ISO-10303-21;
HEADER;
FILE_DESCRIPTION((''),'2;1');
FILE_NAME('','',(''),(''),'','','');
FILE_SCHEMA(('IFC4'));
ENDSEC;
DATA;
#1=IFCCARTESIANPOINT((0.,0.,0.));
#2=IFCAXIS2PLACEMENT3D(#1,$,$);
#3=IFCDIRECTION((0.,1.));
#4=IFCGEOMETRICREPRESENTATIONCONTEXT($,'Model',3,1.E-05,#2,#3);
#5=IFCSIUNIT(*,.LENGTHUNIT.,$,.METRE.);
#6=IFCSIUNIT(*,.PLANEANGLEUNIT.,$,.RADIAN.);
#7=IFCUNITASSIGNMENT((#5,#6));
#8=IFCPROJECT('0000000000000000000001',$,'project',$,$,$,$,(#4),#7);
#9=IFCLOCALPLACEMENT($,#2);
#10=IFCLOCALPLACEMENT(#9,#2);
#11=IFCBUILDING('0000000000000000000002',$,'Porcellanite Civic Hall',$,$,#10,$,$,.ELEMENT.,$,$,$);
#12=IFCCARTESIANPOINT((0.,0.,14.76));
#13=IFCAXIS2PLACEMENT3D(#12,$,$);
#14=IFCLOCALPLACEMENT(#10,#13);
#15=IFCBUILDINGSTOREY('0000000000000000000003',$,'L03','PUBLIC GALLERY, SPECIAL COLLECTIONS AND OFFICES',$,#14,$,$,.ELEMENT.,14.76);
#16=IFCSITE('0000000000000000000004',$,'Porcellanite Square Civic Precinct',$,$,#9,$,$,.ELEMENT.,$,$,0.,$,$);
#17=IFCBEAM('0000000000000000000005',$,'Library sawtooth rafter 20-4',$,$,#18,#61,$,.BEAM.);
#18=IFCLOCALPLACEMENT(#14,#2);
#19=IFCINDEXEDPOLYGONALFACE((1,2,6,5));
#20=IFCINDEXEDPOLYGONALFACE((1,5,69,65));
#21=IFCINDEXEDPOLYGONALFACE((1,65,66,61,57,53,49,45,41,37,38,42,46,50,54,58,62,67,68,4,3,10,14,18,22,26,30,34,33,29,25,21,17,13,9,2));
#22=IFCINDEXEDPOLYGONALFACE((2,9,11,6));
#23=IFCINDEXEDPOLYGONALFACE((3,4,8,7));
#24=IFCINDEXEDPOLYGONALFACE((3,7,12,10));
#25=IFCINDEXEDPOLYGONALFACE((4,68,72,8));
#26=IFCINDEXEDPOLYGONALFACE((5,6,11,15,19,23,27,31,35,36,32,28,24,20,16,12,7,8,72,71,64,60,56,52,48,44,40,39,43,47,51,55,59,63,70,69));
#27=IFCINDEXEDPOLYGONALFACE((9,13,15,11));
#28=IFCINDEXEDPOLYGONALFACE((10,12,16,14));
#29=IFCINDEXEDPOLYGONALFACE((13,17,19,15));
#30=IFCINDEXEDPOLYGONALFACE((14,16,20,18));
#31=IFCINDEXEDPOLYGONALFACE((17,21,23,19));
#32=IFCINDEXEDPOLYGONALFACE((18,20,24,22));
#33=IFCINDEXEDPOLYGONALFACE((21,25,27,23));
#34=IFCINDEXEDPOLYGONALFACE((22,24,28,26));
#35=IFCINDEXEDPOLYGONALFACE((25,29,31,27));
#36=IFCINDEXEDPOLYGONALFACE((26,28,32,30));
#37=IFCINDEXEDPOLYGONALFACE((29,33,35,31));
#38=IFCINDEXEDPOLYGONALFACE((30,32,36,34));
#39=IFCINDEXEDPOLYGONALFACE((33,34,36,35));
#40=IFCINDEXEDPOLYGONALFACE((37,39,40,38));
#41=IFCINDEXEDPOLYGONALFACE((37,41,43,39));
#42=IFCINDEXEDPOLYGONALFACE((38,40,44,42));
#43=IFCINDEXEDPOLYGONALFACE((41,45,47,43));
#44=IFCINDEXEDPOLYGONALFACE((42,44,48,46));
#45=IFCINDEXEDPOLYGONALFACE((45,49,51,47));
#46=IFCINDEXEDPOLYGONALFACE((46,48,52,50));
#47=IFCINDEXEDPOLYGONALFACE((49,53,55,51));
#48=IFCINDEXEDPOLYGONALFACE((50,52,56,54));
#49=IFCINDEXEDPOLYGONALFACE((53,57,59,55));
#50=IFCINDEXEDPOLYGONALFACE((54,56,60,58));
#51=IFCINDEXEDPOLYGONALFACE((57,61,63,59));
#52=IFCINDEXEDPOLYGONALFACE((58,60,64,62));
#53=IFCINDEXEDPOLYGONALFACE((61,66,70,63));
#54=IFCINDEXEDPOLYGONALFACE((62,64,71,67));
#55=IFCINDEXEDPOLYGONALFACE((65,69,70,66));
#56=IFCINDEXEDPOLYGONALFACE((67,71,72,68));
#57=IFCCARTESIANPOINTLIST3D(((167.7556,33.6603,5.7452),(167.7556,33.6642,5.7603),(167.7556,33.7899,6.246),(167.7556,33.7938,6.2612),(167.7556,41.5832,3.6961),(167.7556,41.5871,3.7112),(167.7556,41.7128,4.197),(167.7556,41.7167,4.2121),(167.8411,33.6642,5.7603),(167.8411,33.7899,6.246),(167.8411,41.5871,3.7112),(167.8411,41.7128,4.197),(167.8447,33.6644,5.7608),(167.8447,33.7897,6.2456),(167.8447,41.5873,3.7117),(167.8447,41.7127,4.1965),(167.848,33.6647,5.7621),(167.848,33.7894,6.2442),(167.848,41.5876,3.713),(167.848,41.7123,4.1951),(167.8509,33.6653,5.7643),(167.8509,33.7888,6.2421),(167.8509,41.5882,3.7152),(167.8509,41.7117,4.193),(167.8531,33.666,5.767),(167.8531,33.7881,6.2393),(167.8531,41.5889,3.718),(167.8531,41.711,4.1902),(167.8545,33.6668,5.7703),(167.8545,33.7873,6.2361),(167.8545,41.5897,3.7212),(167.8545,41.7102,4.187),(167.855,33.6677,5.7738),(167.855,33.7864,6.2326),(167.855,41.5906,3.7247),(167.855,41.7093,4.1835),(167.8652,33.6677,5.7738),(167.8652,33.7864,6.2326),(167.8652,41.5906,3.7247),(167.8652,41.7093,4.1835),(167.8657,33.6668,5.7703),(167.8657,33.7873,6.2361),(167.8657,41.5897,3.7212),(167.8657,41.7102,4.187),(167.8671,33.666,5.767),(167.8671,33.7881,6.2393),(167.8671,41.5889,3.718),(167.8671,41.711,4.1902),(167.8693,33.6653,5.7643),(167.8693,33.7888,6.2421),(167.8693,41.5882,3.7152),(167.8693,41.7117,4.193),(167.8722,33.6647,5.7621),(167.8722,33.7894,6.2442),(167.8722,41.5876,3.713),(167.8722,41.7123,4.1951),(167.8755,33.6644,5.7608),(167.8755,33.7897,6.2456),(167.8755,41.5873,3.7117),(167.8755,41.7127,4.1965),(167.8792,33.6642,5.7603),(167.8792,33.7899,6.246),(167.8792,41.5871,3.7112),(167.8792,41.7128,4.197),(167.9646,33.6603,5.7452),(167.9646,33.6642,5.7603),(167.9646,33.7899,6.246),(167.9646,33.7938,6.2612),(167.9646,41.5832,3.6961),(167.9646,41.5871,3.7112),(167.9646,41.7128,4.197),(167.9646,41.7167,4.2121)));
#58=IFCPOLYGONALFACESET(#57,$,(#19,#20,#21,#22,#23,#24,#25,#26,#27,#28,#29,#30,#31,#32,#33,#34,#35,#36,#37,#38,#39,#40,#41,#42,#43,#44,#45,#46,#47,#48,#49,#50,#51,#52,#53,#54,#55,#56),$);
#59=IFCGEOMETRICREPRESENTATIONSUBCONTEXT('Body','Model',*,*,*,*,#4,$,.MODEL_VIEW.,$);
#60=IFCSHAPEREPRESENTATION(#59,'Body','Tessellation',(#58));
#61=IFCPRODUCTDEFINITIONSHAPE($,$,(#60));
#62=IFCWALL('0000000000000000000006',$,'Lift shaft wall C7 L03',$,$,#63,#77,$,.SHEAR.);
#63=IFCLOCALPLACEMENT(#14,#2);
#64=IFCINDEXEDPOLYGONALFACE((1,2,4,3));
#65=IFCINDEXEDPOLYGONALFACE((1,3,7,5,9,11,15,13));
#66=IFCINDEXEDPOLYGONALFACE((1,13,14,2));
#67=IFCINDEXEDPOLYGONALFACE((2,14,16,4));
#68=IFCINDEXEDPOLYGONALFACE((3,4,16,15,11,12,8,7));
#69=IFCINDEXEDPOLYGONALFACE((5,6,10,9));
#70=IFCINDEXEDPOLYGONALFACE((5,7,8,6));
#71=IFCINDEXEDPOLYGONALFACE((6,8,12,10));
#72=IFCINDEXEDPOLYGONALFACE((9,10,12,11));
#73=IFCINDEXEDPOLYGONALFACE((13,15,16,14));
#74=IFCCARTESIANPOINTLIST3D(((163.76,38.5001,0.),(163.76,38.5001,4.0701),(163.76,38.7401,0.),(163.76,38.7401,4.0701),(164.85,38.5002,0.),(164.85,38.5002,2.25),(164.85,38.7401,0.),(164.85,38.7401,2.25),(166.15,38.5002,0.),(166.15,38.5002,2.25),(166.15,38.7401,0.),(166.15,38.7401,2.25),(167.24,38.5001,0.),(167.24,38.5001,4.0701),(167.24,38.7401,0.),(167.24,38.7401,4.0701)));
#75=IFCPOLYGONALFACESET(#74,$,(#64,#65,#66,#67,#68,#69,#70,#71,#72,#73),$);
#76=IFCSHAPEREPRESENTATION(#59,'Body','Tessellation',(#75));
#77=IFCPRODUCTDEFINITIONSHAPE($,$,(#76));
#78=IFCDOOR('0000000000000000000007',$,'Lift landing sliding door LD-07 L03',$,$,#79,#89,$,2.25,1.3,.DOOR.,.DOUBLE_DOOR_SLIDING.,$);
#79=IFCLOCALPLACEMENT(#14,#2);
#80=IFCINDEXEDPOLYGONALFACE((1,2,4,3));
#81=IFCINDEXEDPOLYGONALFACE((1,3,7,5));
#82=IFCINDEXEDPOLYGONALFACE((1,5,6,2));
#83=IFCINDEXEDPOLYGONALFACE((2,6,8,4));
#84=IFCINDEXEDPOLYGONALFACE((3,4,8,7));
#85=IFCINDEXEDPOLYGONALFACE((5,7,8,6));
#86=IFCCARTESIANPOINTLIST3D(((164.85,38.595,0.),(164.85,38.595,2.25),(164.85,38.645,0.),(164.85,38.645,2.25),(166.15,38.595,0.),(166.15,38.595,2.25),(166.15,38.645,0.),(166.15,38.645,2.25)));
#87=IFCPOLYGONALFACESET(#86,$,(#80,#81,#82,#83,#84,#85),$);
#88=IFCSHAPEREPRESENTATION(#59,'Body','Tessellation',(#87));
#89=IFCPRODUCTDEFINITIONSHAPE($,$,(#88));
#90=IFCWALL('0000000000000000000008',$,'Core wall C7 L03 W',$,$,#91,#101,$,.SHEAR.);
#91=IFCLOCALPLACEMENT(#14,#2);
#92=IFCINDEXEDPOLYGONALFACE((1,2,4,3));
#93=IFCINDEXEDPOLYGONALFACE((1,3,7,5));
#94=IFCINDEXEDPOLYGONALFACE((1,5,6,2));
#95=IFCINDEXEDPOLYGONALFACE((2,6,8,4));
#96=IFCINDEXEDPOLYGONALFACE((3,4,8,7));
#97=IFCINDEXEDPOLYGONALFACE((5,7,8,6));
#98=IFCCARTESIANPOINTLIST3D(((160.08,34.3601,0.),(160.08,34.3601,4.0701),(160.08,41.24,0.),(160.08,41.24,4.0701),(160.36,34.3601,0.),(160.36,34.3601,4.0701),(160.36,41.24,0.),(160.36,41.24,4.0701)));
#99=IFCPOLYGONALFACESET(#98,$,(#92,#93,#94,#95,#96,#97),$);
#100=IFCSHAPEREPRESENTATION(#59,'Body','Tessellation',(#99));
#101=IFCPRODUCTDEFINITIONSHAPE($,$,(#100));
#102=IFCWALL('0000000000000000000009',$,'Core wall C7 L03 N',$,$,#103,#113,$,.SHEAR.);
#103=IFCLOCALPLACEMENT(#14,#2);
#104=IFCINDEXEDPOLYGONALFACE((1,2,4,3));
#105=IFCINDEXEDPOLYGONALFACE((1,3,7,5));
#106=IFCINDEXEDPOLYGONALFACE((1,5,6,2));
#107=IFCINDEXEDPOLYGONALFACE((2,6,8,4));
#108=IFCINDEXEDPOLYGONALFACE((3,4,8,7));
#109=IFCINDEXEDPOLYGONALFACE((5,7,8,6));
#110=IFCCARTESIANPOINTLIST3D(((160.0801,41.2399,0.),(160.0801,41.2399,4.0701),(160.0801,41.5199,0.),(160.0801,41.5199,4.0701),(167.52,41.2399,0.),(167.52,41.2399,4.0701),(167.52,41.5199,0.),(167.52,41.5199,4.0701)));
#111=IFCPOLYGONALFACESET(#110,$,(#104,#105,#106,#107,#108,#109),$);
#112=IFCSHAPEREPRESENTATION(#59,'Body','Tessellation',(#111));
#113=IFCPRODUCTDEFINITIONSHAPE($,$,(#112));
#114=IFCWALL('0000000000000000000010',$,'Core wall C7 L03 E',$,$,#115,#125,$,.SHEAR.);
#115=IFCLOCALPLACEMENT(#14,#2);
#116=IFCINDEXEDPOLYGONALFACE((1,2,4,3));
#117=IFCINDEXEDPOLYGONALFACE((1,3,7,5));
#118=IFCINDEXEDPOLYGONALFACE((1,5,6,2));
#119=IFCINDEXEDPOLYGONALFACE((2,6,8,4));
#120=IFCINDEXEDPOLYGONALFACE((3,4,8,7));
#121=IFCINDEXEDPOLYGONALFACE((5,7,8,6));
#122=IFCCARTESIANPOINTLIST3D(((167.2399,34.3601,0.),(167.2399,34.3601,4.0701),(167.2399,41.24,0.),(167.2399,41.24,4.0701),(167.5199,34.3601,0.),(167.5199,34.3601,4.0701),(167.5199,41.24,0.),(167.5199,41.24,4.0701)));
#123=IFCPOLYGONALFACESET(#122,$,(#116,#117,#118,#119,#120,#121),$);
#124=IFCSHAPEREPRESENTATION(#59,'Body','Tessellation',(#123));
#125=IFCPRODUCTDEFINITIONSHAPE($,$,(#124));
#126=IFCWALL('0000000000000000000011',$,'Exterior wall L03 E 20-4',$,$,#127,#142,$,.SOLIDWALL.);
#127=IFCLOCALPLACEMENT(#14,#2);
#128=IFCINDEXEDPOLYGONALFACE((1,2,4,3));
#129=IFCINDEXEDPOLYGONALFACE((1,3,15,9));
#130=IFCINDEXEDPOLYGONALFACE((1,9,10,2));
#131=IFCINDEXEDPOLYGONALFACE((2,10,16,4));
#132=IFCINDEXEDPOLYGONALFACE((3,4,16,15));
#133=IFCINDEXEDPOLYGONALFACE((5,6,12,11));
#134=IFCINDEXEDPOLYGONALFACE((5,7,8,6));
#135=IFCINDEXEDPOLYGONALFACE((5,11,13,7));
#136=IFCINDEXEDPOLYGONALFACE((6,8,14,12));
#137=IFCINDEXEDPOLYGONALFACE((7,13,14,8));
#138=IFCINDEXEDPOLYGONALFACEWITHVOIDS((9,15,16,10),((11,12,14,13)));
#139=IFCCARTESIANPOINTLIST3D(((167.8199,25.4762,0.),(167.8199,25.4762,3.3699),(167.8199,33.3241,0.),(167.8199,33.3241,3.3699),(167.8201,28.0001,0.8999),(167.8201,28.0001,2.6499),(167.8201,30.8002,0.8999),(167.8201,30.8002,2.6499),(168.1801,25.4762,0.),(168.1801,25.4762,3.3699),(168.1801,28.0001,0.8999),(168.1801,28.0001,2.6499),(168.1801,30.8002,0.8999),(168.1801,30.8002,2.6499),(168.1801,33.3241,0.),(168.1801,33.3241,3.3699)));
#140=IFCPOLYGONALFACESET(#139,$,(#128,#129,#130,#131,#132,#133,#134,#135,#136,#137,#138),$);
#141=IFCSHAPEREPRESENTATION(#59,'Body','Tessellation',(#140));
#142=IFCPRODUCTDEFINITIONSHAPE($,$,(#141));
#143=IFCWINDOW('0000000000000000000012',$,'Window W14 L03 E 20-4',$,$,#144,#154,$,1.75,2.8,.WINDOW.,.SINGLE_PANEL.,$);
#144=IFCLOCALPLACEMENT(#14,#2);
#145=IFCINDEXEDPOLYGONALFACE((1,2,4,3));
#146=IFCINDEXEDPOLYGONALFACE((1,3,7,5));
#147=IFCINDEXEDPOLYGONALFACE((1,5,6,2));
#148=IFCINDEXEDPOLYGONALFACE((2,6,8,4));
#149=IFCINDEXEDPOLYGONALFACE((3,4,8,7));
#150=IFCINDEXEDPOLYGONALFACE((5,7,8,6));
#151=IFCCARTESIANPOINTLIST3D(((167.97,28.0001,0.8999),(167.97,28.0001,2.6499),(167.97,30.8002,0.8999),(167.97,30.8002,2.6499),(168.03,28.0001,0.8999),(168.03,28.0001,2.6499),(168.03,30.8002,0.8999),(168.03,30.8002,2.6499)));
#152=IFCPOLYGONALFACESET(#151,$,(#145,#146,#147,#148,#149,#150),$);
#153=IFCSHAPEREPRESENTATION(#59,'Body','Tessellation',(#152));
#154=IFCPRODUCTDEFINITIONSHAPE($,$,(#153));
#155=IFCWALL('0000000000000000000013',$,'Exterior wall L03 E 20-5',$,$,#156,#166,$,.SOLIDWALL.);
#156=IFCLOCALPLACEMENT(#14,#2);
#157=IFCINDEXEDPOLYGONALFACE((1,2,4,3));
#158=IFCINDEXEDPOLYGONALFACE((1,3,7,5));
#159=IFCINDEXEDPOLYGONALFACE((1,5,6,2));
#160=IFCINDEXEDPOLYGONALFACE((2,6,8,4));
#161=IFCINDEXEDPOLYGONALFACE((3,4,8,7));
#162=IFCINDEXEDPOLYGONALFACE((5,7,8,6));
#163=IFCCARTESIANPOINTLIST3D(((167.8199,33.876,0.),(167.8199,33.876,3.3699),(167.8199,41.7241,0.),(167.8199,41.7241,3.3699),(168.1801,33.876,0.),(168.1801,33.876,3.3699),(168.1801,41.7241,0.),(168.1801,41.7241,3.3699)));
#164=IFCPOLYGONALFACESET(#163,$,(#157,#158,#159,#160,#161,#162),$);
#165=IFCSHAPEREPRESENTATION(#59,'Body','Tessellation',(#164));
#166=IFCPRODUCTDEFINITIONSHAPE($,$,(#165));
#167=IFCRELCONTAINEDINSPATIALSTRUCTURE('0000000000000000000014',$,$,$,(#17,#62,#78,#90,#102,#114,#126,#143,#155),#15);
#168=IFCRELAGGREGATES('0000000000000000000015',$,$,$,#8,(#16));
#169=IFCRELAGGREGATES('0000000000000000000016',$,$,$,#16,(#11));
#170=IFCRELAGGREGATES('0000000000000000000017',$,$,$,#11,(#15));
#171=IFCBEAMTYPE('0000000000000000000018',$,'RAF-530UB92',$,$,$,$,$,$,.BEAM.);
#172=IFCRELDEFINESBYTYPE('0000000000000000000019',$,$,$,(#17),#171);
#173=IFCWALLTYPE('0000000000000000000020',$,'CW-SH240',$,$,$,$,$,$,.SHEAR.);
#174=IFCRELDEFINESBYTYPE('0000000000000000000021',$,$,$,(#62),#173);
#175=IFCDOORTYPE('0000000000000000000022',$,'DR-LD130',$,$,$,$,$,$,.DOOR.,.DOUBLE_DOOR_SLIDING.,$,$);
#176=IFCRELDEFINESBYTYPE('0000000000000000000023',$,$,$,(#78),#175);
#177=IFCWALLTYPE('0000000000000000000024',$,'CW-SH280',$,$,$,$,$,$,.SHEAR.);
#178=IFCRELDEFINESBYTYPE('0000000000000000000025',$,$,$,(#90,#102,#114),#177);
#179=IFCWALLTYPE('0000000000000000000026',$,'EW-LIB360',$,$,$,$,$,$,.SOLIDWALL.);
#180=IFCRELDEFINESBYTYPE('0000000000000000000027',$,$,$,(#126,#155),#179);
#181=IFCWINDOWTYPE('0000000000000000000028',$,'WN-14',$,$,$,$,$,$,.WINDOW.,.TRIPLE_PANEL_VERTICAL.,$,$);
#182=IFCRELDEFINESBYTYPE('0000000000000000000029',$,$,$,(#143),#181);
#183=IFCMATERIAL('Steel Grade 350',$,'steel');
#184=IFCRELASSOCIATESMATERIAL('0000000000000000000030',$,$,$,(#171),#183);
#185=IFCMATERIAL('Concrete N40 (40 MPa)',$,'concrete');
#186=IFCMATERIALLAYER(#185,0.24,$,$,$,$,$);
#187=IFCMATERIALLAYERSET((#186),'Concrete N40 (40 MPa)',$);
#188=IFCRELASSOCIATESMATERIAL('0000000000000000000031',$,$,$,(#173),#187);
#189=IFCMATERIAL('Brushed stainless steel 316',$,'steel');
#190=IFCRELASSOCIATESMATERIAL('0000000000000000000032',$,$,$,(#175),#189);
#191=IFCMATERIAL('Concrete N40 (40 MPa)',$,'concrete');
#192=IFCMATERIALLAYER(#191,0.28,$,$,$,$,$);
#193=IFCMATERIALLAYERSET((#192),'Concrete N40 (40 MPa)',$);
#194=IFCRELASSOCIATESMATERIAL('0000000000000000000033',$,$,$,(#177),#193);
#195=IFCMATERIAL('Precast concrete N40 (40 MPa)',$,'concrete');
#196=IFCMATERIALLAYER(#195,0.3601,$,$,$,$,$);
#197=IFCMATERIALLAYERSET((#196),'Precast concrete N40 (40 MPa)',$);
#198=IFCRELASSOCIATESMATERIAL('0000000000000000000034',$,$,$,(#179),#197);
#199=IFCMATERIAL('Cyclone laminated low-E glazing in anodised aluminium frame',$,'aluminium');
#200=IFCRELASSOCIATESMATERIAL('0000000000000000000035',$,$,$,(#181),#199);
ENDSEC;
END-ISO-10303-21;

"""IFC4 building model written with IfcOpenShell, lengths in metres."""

from ifc_helpers import new_model, si_unit, direction, frame, frame_2d, origin, origin_2d, place, context, subcontext, project, spatial, rectangle, i_section, extrude, material, layer, layer_set, material_profile, profile_set, type_object, element, fill, save


model = new_model("IFC4")

# Units and contexts
model_context = context("Model", 3, precision=1e-05, world=origin(), true_north=direction((0.0, 1.0)))
body_context = subcontext(model_context, "Body", "Model", "MODEL_VIEW")
ifc_project = project(units=[si_unit("LENGTHUNIT", "METRE"), si_unit("PLANEANGLEUNIT", "RADIAN")], contexts=[model_context])

# Site, building, storey
site_placement = place(None, origin())
site = spatial("IfcSite", under=ifc_project, at=site_placement, Name="Porcellanite Square Civic Precinct", CompositionType="ELEMENT", RefElevation=0.0)
building_placement = place(site_placement, origin())
building = spatial("IfcBuilding", under=site, at=building_placement, Name="Porcellanite Civic Hall", CompositionType="ELEMENT")
storey_placement = place(building_placement, frame((0.0, 0.0, 14.76)))
storey = spatial("IfcBuildingStorey", under=building, at=storey_placement, Name="L03", Description="PUBLIC GALLERY, SPECIAL COLLECTIONS AND OFFICES", CompositionType="ELEMENT", Elevation=14.76)

# Beam
ifc_material_1 = material(Name="Steel Grade 350", Category="steel")
ifc_material_profile_1 = material_profile(ifc_material_1, i_section(OverallWidth=0.209, OverallDepth=0.533, WebThickness=0.0103, FlangeThickness=0.0156, FilletRadius=0.0139, at=origin_2d()), Name="530UB92.4")
ifc_profile_set_1 = profile_set([ifc_material_profile_1], Name="Steel Grade 350")
beam_type_1 = type_object("IfcBeamType", Name="RAF-530UB92", PredefinedType="BEAM", material=ifc_profile_set_1)
for number, where, z_axis, x_axis, name in (
    (1, (167.8601, 33.7271, 6.0032), (0.0, 0.968145, -0.25039), (-1.0, 0.0, 0.0), "Library sawtooth rafter 20-4"),
):
    element("IfcBeam", number, at=place(storey_placement, frame(where, z_axis=z_axis, x_axis=x_axis)), inside=storey, type_object=beam_type_1, Name=name, PredefinedType="BEAM", context=body_context, shape_type="SweptSolid", body=[
        extrude(i_section(OverallWidth=0.209, OverallDepth=0.533, WebThickness=0.0103, FlangeThickness=0.0156, FilletRadius=0.0139, at=origin_2d()), origin(), (0.0, 0.0, 1.0), 8.1836),
    ])

# Wall, opening, door
ifc_material_2 = material(Name="Concrete N40 (40 MPa)", Category="concrete")
ifc_layer_1 = layer(ifc_material_2, 0.24)
ifc_layer_set_1 = layer_set([ifc_layer_1], Name="Concrete N40 (40 MPa)")
wall_type_1 = type_object("IfcWallType", Name="CW-SH240", PredefinedType="SHEAR", material=ifc_layer_set_1)
wall_1_placement = place(storey_placement, frame((163.76, 38.6201, 0.0), z_axis=(0.0, 0.0, 1.0), x_axis=(1.0, 0.0, 0.0)))
wall_1 = element("IfcWall", 2, at=wall_1_placement, inside=storey, type_object=wall_type_1, Name="Lift shaft wall C7 L03", PredefinedType="SHEAR", context=body_context, shape_type="SweptSolid", body=[
    extrude(rectangle(XDim=3.48, YDim=0.24, at=frame_2d((1.74, 0.0))), origin(), (0.0, 0.0, 1.0), 4.0701),
])
opening_1_placement = place(wall_1_placement, frame((1.0901, 0.0, 0.0)))
opening_1 = element("IfcOpeningElement", 3, at=opening_1_placement, cuts=wall_1, PredefinedType="OPENING", context=body_context, shape_type="SweptSolid", body=[
    extrude(rectangle(XDim=1.3, YDim=2.25, at=frame_2d((0.6499, 1.125))), frame((0.0, 0.1201, 0.0), z_axis=(0.0, -1.0, 0.0), x_axis=(1.0, 0.0, 0.0)), (0.0, 0.0, 1.0), 0.24),
])
ifc_material_3 = material(Name="Brushed stainless steel 316", Category="steel")
door_type_1 = type_object("IfcDoorType", Name="DR-LD130", OperationType="DOUBLE_DOOR_SLIDING", PredefinedType="DOOR", material=ifc_material_3)
door_1_placement = place(opening_1_placement, origin())
door_1 = element("IfcDoor", 4, at=door_1_placement, inside=storey, type_object=door_type_1, Name="Lift landing sliding door LD-07 L03", OperationType="DOUBLE_DOOR_SLIDING", OverallHeight=2.25, OverallWidth=1.3, PredefinedType="DOOR", context=body_context, shape_type="SweptSolid", body=[
    extrude(rectangle(XDim=1.3, YDim=2.25, at=frame_2d((0.6499, 1.125))), frame((0.0, 0.0249, 0.0), z_axis=(0.0, -1.0, 0.0), x_axis=(1.0, 0.0, 0.0)), (0.0, 0.0, 1.0), 0.05),
])
fill(opening_1, door_1)
ifc_material_4 = material(Name="Concrete N40 (40 MPa)", Category="concrete")
ifc_layer_2 = layer(ifc_material_4, 0.28)
ifc_layer_set_2 = layer_set([ifc_layer_2], Name="Concrete N40 (40 MPa)")
wall_type_2 = type_object("IfcWallType", Name="CW-SH280", PredefinedType="SHEAR", material=ifc_layer_set_2)

# Walls
wall_2_placement = place(storey_placement, frame((160.22, 34.3601, 0.0), z_axis=(0.0, 0.0, 1.0), x_axis=(0.0, 1.0, 0.0)))
element("IfcWall", 5, at=wall_2_placement, inside=storey, type_object=wall_type_2, Name="Core wall C7 L03 W", PredefinedType="SHEAR", context=body_context, shape_type="SweptSolid", body=[
    extrude(rectangle(XDim=6.8799, YDim=0.28, at=frame_2d((3.4399, 0.0))), origin(), (0.0, 0.0, 1.0), 4.0701),
])
wall_3_placement = place(storey_placement, frame((160.0801, 41.3799, 0.0), z_axis=(0.0, 0.0, 1.0), x_axis=(1.0, 0.0, 0.0)))
element("IfcWall", 6, at=wall_3_placement, inside=storey, type_object=wall_type_2, Name="Core wall C7 L03 N", PredefinedType="SHEAR", context=body_context, shape_type="SweptSolid", body=[
    extrude(rectangle(XDim=7.4399, YDim=0.28, at=frame_2d((3.72, 0.0))), origin(), (0.0, 0.0, 1.0), 4.0701),
])
wall_4_placement = place(storey_placement, frame((167.3799, 41.24, 0.0), z_axis=(0.0, 0.0, 1.0), x_axis=(0.0, -1.0, 0.0)))
element("IfcWall", 7, at=wall_4_placement, inside=storey, type_object=wall_type_2, Name="Core wall C7 L03 E", PredefinedType="SHEAR", context=body_context, shape_type="SweptSolid", body=[
    extrude(rectangle(XDim=6.8799, YDim=0.28, at=frame_2d((3.4399, 0.0))), origin(), (0.0, 0.0, 1.0), 4.0701),
])

# Wall, opening, window
ifc_material_5 = material(Name="Precast concrete N40 (40 MPa)", Category="concrete")
ifc_layer_3 = layer(ifc_material_5, 0.3601)
ifc_layer_set_3 = layer_set([ifc_layer_3], Name="Precast concrete N40 (40 MPa)")
wall_type_3 = type_object("IfcWallType", Name="EW-LIB360", PredefinedType="SOLIDWALL", material=ifc_layer_set_3)
wall_5_placement = place(storey_placement, frame((168.0, 33.324, 0.0), z_axis=(0.0, 0.0, 1.0), x_axis=(0.0, -1.0, 0.0)))
wall_5 = element("IfcWall", 8, at=wall_5_placement, inside=storey, type_object=wall_type_3, Name="Exterior wall L03 E 20-4", PredefinedType="SOLIDWALL", context=body_context, shape_type="SweptSolid", body=[
    extrude(rectangle(XDim=7.8479, YDim=0.3601, at=frame_2d((3.9238, 0.0))), origin(), (0.0, 0.0, 1.0), 3.3699),
])
opening_2_placement = place(wall_5_placement, frame((2.5239, 0.0, 0.8999)))
opening_2 = element("IfcOpeningElement", 9, at=opening_2_placement, cuts=wall_5, PredefinedType="OPENING", context=body_context, shape_type="SweptSolid", body=[
    extrude(rectangle(XDim=2.8, YDim=1.75, at=frame_2d((1.3999, 0.875))), frame((0.0, 0.1802, 0.0), z_axis=(0.0, -1.0, 0.0), x_axis=(1.0, 0.0, 0.0)), (0.0, 0.0, 1.0), 0.3601),
])
ifc_material_6 = material(Name="Cyclone laminated low-E glazing in anodised aluminium frame", Category="aluminium")
window_type = type_object("IfcWindowType", Name="WN-14", PartitioningType="TRIPLE_PANEL_VERTICAL", PredefinedType="WINDOW", material=ifc_material_6)
window_placement = place(opening_2_placement, origin())
window = element("IfcWindow", 10, at=window_placement, inside=storey, type_object=window_type, Name="Window W14 L03 E 20-4", OverallHeight=1.75, OverallWidth=2.8, PartitioningType="SINGLE_PANEL", PredefinedType="WINDOW", context=body_context, shape_type="SweptSolid", body=[
    extrude(rectangle(XDim=2.8, YDim=1.75, at=frame_2d((1.3999, 0.875))), frame((0.0, 0.03, 0.0), z_axis=(0.0, -1.0, 0.0), x_axis=(1.0, 0.0, 0.0)), (0.0, 0.0, 1.0), 0.0601),
])
fill(opening_2, window)

# Wall
wall_6_placement = place(storey_placement, frame((168.0, 41.7241, 0.0), z_axis=(0.0, 0.0, 1.0), x_axis=(0.0, -1.0, 0.0)))
element("IfcWall", 11, at=wall_6_placement, inside=storey, type_object=wall_type_3, Name="Exterior wall L03 E 20-5", PredefinedType="SOLIDWALL", context=body_context, shape_type="SweptSolid", body=[
    extrude(rectangle(XDim=7.8481, YDim=0.3601, at=frame_2d((3.9241, 0.0))), origin(), (0.0, 0.0, 1.0), 3.3699),
])

save(model, "model.ifc")
